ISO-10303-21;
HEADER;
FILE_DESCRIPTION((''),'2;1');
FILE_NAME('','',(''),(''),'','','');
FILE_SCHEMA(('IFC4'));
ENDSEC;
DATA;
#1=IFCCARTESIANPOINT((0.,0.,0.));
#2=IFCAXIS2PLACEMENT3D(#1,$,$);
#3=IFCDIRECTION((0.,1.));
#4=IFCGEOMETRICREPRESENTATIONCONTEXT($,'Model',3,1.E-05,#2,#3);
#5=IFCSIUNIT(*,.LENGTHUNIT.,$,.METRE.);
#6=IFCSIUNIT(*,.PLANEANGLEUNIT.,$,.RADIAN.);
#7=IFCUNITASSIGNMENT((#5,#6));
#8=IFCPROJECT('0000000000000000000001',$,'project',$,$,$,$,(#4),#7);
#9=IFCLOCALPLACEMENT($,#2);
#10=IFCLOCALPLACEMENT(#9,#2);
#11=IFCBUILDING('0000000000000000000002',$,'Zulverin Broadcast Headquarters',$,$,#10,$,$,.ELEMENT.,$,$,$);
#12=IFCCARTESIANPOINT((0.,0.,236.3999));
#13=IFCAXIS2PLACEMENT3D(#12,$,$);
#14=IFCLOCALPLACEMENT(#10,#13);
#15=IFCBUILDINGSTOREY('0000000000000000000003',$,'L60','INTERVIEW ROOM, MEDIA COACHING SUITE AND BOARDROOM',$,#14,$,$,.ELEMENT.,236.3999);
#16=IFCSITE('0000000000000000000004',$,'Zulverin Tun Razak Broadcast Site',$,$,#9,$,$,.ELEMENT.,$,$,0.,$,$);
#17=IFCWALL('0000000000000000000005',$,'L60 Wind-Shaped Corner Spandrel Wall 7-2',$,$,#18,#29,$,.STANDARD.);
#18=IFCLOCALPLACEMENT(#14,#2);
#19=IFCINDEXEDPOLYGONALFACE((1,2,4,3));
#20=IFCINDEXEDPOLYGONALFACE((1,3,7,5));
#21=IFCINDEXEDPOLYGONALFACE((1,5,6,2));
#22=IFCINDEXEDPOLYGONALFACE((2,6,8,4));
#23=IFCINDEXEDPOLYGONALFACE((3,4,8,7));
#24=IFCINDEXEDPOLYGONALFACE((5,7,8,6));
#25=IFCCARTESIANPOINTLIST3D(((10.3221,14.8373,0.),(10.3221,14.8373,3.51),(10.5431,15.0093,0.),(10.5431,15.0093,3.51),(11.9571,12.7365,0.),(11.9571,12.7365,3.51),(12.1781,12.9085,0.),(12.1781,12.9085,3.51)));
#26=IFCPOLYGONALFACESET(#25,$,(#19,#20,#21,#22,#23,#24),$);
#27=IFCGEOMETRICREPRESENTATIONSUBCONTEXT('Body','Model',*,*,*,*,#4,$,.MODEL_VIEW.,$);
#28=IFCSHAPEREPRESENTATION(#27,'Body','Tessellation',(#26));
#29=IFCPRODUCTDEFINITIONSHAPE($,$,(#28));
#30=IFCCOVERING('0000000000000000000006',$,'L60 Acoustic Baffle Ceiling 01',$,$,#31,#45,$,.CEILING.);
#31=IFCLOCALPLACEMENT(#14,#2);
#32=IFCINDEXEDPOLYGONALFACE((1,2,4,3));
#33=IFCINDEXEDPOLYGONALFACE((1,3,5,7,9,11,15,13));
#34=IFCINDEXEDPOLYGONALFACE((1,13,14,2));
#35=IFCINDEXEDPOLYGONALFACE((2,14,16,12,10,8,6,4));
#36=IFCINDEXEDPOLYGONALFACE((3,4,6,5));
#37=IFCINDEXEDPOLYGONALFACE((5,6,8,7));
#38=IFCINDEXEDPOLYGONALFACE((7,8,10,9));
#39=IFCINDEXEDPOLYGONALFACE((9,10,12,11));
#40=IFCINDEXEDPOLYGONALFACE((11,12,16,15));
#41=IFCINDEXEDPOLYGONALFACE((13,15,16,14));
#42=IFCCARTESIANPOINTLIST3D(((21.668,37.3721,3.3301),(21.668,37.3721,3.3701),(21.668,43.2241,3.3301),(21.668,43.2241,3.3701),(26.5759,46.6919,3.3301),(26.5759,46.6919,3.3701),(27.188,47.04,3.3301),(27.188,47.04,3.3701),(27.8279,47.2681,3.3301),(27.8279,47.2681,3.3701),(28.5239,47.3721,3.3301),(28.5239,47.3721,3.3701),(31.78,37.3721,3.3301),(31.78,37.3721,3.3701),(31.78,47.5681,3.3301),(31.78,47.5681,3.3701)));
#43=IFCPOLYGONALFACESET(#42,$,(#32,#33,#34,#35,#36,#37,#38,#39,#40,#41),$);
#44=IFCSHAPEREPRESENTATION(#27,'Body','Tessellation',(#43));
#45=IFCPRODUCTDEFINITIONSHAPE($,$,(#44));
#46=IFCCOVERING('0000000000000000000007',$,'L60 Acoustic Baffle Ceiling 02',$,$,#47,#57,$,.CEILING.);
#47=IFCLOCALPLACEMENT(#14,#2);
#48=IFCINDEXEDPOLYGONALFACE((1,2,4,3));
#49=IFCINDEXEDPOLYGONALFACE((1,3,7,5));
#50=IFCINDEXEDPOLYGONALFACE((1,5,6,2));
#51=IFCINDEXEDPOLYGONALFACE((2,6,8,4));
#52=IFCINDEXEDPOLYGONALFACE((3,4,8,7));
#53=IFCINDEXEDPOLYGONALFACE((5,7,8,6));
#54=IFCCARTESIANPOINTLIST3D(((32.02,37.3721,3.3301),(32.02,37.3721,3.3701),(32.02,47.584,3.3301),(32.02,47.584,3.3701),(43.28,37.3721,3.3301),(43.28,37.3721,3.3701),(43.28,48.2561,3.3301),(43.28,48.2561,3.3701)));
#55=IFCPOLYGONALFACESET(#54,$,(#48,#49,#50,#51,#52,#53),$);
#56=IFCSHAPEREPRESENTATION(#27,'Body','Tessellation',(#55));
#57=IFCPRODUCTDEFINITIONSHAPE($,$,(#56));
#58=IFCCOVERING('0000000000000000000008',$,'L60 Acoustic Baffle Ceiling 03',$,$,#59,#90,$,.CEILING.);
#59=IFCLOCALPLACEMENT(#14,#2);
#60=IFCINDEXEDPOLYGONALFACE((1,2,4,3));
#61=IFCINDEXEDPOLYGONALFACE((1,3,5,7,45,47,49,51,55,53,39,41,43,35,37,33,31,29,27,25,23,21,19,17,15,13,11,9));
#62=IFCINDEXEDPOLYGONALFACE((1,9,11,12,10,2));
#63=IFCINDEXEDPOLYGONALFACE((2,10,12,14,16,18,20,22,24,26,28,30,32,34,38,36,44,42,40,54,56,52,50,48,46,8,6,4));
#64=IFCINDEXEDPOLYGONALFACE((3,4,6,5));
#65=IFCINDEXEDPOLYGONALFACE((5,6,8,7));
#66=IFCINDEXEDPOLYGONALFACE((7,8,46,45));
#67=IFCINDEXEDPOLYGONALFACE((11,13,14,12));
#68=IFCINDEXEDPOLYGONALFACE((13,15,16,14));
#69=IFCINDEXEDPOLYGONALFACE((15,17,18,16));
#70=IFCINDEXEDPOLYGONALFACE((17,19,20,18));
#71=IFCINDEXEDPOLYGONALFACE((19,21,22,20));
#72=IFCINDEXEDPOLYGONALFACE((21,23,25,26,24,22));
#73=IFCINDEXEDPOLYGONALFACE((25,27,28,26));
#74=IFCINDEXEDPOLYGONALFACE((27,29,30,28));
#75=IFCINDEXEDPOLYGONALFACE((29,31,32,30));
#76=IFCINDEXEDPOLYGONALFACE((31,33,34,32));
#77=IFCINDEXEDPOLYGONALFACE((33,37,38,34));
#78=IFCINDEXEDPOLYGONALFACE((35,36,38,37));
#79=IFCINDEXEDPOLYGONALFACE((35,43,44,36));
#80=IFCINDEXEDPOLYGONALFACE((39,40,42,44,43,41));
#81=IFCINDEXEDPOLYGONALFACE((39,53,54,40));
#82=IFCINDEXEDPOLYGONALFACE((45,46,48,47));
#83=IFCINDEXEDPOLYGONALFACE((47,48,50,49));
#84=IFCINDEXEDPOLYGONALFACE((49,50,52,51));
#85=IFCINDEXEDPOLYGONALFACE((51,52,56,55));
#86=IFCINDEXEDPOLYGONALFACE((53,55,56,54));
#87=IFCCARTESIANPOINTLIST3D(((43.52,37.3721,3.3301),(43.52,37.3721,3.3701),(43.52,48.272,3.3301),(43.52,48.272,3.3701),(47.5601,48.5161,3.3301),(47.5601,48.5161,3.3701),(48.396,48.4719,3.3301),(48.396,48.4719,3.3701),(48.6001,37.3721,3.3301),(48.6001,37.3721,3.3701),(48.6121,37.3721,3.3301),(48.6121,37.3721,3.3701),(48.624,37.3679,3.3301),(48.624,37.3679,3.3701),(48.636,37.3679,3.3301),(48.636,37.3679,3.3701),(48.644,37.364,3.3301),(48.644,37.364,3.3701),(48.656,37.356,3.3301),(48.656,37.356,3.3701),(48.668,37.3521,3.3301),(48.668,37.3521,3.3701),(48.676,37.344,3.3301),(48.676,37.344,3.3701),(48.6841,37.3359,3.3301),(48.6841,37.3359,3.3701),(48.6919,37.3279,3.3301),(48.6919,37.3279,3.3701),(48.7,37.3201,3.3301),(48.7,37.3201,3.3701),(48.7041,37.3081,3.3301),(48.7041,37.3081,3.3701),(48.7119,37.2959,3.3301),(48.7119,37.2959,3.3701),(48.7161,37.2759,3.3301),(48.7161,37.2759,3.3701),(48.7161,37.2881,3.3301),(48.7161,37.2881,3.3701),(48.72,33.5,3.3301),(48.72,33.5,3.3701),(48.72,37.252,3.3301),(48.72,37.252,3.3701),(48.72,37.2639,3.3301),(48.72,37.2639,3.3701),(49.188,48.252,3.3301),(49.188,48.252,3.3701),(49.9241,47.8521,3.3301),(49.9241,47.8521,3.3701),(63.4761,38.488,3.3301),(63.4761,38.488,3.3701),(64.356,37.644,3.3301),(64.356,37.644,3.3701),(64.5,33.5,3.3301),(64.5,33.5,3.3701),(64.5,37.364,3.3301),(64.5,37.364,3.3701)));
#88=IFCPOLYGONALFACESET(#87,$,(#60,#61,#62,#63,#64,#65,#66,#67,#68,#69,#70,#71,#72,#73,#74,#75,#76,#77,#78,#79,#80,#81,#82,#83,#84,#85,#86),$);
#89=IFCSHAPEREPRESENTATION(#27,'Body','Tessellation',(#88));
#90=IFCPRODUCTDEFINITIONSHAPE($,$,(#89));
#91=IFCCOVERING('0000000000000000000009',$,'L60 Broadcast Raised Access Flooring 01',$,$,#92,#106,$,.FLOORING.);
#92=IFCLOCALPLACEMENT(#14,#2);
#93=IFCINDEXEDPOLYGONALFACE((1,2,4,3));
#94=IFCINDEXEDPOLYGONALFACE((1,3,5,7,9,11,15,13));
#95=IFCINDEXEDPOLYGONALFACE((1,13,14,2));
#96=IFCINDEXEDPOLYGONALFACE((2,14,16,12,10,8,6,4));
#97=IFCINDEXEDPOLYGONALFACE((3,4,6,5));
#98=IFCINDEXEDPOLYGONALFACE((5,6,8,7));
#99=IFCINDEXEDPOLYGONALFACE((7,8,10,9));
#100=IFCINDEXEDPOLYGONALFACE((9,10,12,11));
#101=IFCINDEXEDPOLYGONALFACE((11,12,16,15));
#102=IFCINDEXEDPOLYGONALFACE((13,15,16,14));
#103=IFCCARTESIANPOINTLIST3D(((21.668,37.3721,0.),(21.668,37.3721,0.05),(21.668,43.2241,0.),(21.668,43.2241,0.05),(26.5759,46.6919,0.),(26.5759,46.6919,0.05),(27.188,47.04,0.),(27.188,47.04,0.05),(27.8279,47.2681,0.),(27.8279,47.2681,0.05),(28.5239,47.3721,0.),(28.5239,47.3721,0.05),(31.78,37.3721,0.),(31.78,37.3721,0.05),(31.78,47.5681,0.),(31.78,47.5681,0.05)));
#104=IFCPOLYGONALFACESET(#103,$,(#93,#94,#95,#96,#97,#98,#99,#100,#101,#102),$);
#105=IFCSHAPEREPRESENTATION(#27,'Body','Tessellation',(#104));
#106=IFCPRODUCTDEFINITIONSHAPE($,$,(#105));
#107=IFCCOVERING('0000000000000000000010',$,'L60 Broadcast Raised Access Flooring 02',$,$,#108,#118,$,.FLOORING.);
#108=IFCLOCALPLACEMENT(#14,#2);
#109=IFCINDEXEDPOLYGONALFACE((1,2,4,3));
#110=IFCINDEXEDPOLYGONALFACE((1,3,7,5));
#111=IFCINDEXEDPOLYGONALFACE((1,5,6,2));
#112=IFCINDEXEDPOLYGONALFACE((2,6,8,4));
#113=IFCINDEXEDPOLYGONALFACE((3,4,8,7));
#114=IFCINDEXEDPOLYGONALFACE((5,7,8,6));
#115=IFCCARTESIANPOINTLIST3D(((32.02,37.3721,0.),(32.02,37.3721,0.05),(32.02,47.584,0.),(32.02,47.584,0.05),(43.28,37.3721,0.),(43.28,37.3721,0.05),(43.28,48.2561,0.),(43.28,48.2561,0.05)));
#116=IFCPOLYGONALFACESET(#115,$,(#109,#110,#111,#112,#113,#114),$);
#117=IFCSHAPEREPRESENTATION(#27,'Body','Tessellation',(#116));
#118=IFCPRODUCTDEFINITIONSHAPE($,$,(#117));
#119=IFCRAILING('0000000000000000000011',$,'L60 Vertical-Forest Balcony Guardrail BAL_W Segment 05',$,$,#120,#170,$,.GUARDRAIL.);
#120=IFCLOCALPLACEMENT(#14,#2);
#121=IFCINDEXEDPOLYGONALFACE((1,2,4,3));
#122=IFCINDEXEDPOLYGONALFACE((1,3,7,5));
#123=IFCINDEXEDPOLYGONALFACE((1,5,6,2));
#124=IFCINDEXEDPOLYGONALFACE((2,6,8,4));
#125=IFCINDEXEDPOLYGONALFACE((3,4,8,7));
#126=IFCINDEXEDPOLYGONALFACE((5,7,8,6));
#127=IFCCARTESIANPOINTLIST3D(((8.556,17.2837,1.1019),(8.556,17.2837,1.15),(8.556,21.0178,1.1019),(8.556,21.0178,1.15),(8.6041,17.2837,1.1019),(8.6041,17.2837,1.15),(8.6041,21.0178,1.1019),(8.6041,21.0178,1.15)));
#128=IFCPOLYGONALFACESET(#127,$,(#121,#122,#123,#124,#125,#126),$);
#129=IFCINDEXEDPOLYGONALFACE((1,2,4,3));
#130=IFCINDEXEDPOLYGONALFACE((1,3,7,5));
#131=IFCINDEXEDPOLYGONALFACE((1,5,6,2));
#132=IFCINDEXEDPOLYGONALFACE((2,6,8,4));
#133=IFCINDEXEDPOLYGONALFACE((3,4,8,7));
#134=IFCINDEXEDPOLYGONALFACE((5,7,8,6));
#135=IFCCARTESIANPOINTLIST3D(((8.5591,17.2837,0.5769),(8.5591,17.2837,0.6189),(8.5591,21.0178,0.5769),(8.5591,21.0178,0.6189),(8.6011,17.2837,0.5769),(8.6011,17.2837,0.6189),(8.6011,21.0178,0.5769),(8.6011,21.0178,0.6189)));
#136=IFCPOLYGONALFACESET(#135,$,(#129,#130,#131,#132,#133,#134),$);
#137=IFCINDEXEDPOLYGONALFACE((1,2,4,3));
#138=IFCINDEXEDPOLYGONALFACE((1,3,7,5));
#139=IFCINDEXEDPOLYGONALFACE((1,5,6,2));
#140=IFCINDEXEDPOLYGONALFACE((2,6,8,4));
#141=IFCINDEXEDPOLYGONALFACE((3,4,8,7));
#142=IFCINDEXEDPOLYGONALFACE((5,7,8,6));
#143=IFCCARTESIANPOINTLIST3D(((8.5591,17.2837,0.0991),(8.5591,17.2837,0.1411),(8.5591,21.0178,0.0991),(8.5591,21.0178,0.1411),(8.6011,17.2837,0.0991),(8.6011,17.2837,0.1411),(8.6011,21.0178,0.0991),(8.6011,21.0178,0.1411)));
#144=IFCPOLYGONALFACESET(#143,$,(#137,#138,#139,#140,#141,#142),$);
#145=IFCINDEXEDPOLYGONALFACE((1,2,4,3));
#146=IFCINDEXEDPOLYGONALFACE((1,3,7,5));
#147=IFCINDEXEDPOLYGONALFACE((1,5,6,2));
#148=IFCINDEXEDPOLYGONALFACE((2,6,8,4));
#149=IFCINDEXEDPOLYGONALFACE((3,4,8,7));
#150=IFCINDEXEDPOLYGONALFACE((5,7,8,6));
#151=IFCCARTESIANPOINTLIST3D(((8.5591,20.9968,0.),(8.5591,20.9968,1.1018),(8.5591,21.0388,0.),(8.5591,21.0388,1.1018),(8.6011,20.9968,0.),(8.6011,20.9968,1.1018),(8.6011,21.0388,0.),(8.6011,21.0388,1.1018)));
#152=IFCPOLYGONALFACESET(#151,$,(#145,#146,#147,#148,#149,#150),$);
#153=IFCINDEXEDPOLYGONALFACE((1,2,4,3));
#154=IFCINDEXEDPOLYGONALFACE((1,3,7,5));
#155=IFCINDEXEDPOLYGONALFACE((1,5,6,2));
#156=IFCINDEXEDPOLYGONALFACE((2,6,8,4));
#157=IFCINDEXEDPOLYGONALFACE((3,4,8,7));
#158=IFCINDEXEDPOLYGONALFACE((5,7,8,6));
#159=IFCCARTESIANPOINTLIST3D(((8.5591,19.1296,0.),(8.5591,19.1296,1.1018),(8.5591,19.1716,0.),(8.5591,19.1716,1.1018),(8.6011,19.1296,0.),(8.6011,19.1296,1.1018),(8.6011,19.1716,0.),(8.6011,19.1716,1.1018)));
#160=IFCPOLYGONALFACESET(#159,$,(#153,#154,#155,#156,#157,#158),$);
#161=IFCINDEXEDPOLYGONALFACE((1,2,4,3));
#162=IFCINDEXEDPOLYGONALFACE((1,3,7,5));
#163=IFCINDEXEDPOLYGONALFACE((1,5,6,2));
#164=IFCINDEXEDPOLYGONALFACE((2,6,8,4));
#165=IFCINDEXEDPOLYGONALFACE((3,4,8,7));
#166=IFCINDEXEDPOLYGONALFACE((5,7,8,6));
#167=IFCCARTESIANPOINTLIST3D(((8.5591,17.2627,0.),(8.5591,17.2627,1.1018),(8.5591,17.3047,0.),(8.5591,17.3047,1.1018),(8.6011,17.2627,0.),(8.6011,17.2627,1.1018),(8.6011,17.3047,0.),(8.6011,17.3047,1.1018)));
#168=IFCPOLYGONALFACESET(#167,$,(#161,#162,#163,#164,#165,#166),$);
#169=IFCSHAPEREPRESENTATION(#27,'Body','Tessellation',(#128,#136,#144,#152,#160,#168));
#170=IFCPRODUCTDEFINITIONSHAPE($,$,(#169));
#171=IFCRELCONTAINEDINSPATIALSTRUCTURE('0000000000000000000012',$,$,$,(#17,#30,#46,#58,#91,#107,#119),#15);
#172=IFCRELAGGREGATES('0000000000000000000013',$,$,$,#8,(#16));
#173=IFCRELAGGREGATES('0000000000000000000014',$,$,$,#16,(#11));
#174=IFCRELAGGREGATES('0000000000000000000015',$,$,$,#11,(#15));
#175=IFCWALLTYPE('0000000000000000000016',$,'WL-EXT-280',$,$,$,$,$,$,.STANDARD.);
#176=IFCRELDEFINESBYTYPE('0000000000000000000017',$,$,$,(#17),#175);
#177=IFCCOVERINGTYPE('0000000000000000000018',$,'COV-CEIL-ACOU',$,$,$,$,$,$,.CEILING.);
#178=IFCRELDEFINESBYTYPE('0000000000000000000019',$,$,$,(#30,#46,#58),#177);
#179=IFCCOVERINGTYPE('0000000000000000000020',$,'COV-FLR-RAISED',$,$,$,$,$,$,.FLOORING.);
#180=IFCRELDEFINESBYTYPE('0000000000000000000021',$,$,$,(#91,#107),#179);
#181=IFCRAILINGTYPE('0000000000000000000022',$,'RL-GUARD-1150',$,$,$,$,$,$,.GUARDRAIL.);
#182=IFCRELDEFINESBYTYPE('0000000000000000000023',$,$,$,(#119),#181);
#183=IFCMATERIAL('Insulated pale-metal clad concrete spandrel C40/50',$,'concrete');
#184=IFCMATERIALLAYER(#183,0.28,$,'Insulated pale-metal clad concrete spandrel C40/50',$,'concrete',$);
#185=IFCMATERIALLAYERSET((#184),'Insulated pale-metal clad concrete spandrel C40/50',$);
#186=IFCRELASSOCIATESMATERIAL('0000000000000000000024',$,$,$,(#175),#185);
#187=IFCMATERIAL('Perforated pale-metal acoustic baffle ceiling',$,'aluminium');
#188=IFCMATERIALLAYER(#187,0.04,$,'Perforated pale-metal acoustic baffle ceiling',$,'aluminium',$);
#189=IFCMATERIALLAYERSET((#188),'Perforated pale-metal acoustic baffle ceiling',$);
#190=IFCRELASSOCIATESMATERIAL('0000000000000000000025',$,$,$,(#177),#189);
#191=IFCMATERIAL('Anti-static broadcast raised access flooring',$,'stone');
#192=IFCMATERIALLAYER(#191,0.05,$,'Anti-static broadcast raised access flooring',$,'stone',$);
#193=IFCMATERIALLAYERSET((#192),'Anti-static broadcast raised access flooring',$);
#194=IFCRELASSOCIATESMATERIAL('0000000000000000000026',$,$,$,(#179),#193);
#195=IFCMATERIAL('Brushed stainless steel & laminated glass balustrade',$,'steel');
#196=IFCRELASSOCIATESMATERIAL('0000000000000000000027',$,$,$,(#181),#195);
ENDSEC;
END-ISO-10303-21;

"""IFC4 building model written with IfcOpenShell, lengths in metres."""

from ifc_helpers import new_model, si_unit, direction, frame, frame_2d, origin, origin_2d, place, context, subcontext, project, spatial, polyline, rectangle, outline, extrude, material, layer, layer_set, type_object, element, save


model = new_model("IFC4")

# Units and contexts
model_context = context("Model", 3, precision=1e-05, world=origin(), true_north=direction((0.0, 1.0)))
body_context = subcontext(model_context, "Body", "Model", "MODEL_VIEW")
ifc_project = project(units=[si_unit("LENGTHUNIT", "METRE"), si_unit("PLANEANGLEUNIT", "RADIAN")], contexts=[model_context])

# Site, building, storey
site_placement = place(None, origin())
site = spatial("IfcSite", under=ifc_project, at=site_placement, Name="Zulverin Tun Razak Broadcast Site", CompositionType="ELEMENT", RefElevation=0.0)
building_placement = place(site_placement, origin())
building = spatial("IfcBuilding", under=site, at=building_placement, Name="Zulverin Broadcast Headquarters", CompositionType="ELEMENT")
storey_placement = place(building_placement, frame((0.0, 0.0, 236.3999)))
storey = spatial("IfcBuildingStorey", under=building, at=storey_placement, Name="L60", Description="INTERVIEW ROOM, MEDIA COACHING SUITE AND BOARDROOM", CompositionType="ELEMENT", Elevation=236.3999)

# Wall
ifc_material_1 = material(Name="Insulated pale-metal clad concrete spandrel C40/50", Category="concrete")
ifc_layer_1 = layer(ifc_material_1, 0.28, Name="Insulated pale-metal clad concrete spandrel C40/50", Category="concrete")
ifc_layer_set_1 = layer_set([ifc_layer_1], Name="Insulated pale-metal clad concrete spandrel C40/50")
wall_type = type_object("IfcWallType", Name="WL-EXT-280", PredefinedType="STANDARD", material=ifc_layer_set_1)
wall_1_placement = place(storey_placement, frame((10.4326, 14.9233, 0.0), z_axis=(0.0, 0.0, 1.0), x_axis=(0.614182, -0.789165, 0.0)))
element("IfcWall", 1, at=wall_1_placement, inside=storey, type_object=wall_type, Name="L60 Wind-Shaped Corner Spandrel Wall 7-2", PredefinedType="STANDARD", context=body_context, shape_type="SweptSolid", body=[
    extrude(rectangle(XDim=2.6621, YDim=0.28, at=frame_2d((1.3311, 0.0))), origin(), (0.0, 0.0, 1.0), 3.51),
])

# Coverings
ifc_material_2 = material(Name="Perforated pale-metal acoustic baffle ceiling", Category="aluminium")
ifc_layer_2 = layer(ifc_material_2, 0.04, Name="Perforated pale-metal acoustic baffle ceiling", Category="aluminium")
ifc_layer_set_2 = layer_set([ifc_layer_2], Name="Perforated pale-metal acoustic baffle ceiling")
covering_type_1 = type_object("IfcCoveringType", Name="COV-CEIL-ACOU", PredefinedType="CEILING", material=ifc_layer_set_2)
covering_1_placement = place(storey_placement, frame((0.0, 0.0, 3.3301)))
element("IfcCovering", 2, at=covering_1_placement, inside=storey, type_object=covering_type_1, Name="L60 Acoustic Baffle Ceiling 01", PredefinedType="CEILING", context=body_context, shape_type="SweptSolid", body=[
    extrude(outline(polyline([(31.78, 37.3721), (31.78, 47.5681), (28.5239, 47.3721), (27.8279, 47.2681), (27.188, 47.04), (26.5759, 46.6919), (21.668, 43.2241), (21.668, 37.3721), (31.78, 37.3721)])), origin(), (0.0, 0.0, 1.0), 0.04),
])
covering_2_placement = place(storey_placement, frame((0.0, 0.0, 3.3301)))
element("IfcCovering", 3, at=covering_2_placement, inside=storey, type_object=covering_type_1, Name="L60 Acoustic Baffle Ceiling 02", PredefinedType="CEILING", context=body_context, shape_type="SweptSolid", body=[
    extrude(outline(polyline([(43.28, 37.3721), (43.28, 48.2561), (32.02, 47.584), (32.02, 37.3721), (43.28, 37.3721)])), origin(), (0.0, 0.0, 1.0), 0.04),
])
covering_3_placement = place(storey_placement, frame((0.0, 0.0, 3.3301)))
element("IfcCovering", 4, at=covering_3_placement, inside=storey, type_object=covering_type_1, Name="L60 Acoustic Baffle Ceiling 03", PredefinedType="CEILING", context=body_context, shape_type="SweptSolid", body=[
    extrude(outline(polyline([(48.7161, 37.2759), (48.72, 37.2639), (48.72, 37.252), (48.72, 33.5), (64.5, 33.5), (64.5, 37.364), (64.356, 37.644), (63.4761, 38.488), (49.9241, 47.8521), (49.188, 48.252), (48.396, 48.4719), (47.5601, 48.5161), (43.52, 48.272), (43.52, 37.3721), (48.6001, 37.3721), (48.6121, 37.3721), (48.624, 37.3679), (48.636, 37.3679), (48.644, 37.364), (48.656, 37.356), (48.668, 37.3521), (48.676, 37.344), (48.6841, 37.3359), (48.6919, 37.3279), (48.7, 37.3201), (48.7041, 37.3081), (48.7119, 37.2959), (48.7161, 37.2881), (48.7161, 37.2759)])), origin(), (0.0, 0.0, 1.0), 0.04),
])
ifc_material_3 = material(Name="Anti-static broadcast raised access flooring", Category="stone")
ifc_layer_3 = layer(ifc_material_3, 0.05, Name="Anti-static broadcast raised access flooring", Category="stone")
ifc_layer_set_3 = layer_set([ifc_layer_3], Name="Anti-static broadcast raised access flooring")
covering_type_2 = type_object("IfcCoveringType", Name="COV-FLR-RAISED", PredefinedType="FLOORING", material=ifc_layer_set_3)
covering_4_placement = place(storey_placement, origin())
element("IfcCovering", 5, at=covering_4_placement, inside=storey, type_object=covering_type_2, Name="L60 Broadcast Raised Access Flooring 01", PredefinedType="FLOORING", context=body_context, shape_type="SweptSolid", body=[
    extrude(outline(polyline([(31.78, 37.3721), (31.78, 47.5681), (28.5239, 47.3721), (27.8279, 47.2681), (27.188, 47.04), (26.5759, 46.6919), (21.668, 43.2241), (21.668, 37.3721), (31.78, 37.3721)])), origin(), (0.0, 0.0, 1.0), 0.05),
])
covering_5_placement = place(storey_placement, origin())
element("IfcCovering", 6, at=covering_5_placement, inside=storey, type_object=covering_type_2, Name="L60 Broadcast Raised Access Flooring 02", PredefinedType="FLOORING", context=body_context, shape_type="SweptSolid", body=[
    extrude(outline(polyline([(43.28, 37.3721), (43.28, 48.2561), (32.02, 47.584), (32.02, 37.3721), (43.28, 37.3721)])), origin(), (0.0, 0.0, 1.0), 0.05),
])

# Railing
ifc_material_4 = material(Name="Brushed stainless steel & laminated glass balustrade", Category="steel")
railing_type = type_object("IfcRailingType", Name="RL-GUARD-1150", PredefinedType="GUARDRAIL", material=ifc_material_4)
railing_1_placement = place(storey_placement, frame((8.5801, 21.0178, 0.0)))
element("IfcRailing", 7, at=railing_1_placement, inside=storey, type_object=railing_type, Name="L60 Vertical-Forest Balcony Guardrail BAL_W Segment 05", PredefinedType="GUARDRAIL", context=body_context, shape_type="SweptSolid", body=[
    extrude(rectangle(XDim=0.0481, YDim=0.0481, at=origin_2d()), frame((0.0, 0.0, 1.126), z_axis=(0.0, -1.0, 0.0), x_axis=(1.0, 0.0, 0.0)), (0.0, 0.0, 1.0), 3.7341),
    extrude(rectangle(XDim=0.042, YDim=0.042, at=origin_2d()), frame((0.0, 0.0, 0.5979), z_axis=(0.0, -1.0, 0.0), x_axis=(1.0, 0.0, 0.0)), (0.0, 0.0, 1.0), 3.7341),
    extrude(rectangle(XDim=0.042, YDim=0.042, at=origin_2d()), frame((0.0, 0.0, 0.1201), z_axis=(0.0, -1.0, 0.0), x_axis=(1.0, 0.0, 0.0)), (0.0, 0.0, 1.0), 3.7341),
    extrude(rectangle(XDim=0.042, YDim=0.042, at=origin_2d()), origin(), (0.0, 0.0, 1.0), 1.1018),
    extrude(rectangle(XDim=0.042, YDim=0.042, at=origin_2d()), frame((0.0, -1.8672, 0.0)), (0.0, 0.0, 1.0), 1.1018),
    extrude(rectangle(XDim=0.042, YDim=0.042, at=origin_2d()), frame((0.0, -3.7341, 0.0)), (0.0, 0.0, 1.0), 1.1018),
])

save(model, "model.ifc")
